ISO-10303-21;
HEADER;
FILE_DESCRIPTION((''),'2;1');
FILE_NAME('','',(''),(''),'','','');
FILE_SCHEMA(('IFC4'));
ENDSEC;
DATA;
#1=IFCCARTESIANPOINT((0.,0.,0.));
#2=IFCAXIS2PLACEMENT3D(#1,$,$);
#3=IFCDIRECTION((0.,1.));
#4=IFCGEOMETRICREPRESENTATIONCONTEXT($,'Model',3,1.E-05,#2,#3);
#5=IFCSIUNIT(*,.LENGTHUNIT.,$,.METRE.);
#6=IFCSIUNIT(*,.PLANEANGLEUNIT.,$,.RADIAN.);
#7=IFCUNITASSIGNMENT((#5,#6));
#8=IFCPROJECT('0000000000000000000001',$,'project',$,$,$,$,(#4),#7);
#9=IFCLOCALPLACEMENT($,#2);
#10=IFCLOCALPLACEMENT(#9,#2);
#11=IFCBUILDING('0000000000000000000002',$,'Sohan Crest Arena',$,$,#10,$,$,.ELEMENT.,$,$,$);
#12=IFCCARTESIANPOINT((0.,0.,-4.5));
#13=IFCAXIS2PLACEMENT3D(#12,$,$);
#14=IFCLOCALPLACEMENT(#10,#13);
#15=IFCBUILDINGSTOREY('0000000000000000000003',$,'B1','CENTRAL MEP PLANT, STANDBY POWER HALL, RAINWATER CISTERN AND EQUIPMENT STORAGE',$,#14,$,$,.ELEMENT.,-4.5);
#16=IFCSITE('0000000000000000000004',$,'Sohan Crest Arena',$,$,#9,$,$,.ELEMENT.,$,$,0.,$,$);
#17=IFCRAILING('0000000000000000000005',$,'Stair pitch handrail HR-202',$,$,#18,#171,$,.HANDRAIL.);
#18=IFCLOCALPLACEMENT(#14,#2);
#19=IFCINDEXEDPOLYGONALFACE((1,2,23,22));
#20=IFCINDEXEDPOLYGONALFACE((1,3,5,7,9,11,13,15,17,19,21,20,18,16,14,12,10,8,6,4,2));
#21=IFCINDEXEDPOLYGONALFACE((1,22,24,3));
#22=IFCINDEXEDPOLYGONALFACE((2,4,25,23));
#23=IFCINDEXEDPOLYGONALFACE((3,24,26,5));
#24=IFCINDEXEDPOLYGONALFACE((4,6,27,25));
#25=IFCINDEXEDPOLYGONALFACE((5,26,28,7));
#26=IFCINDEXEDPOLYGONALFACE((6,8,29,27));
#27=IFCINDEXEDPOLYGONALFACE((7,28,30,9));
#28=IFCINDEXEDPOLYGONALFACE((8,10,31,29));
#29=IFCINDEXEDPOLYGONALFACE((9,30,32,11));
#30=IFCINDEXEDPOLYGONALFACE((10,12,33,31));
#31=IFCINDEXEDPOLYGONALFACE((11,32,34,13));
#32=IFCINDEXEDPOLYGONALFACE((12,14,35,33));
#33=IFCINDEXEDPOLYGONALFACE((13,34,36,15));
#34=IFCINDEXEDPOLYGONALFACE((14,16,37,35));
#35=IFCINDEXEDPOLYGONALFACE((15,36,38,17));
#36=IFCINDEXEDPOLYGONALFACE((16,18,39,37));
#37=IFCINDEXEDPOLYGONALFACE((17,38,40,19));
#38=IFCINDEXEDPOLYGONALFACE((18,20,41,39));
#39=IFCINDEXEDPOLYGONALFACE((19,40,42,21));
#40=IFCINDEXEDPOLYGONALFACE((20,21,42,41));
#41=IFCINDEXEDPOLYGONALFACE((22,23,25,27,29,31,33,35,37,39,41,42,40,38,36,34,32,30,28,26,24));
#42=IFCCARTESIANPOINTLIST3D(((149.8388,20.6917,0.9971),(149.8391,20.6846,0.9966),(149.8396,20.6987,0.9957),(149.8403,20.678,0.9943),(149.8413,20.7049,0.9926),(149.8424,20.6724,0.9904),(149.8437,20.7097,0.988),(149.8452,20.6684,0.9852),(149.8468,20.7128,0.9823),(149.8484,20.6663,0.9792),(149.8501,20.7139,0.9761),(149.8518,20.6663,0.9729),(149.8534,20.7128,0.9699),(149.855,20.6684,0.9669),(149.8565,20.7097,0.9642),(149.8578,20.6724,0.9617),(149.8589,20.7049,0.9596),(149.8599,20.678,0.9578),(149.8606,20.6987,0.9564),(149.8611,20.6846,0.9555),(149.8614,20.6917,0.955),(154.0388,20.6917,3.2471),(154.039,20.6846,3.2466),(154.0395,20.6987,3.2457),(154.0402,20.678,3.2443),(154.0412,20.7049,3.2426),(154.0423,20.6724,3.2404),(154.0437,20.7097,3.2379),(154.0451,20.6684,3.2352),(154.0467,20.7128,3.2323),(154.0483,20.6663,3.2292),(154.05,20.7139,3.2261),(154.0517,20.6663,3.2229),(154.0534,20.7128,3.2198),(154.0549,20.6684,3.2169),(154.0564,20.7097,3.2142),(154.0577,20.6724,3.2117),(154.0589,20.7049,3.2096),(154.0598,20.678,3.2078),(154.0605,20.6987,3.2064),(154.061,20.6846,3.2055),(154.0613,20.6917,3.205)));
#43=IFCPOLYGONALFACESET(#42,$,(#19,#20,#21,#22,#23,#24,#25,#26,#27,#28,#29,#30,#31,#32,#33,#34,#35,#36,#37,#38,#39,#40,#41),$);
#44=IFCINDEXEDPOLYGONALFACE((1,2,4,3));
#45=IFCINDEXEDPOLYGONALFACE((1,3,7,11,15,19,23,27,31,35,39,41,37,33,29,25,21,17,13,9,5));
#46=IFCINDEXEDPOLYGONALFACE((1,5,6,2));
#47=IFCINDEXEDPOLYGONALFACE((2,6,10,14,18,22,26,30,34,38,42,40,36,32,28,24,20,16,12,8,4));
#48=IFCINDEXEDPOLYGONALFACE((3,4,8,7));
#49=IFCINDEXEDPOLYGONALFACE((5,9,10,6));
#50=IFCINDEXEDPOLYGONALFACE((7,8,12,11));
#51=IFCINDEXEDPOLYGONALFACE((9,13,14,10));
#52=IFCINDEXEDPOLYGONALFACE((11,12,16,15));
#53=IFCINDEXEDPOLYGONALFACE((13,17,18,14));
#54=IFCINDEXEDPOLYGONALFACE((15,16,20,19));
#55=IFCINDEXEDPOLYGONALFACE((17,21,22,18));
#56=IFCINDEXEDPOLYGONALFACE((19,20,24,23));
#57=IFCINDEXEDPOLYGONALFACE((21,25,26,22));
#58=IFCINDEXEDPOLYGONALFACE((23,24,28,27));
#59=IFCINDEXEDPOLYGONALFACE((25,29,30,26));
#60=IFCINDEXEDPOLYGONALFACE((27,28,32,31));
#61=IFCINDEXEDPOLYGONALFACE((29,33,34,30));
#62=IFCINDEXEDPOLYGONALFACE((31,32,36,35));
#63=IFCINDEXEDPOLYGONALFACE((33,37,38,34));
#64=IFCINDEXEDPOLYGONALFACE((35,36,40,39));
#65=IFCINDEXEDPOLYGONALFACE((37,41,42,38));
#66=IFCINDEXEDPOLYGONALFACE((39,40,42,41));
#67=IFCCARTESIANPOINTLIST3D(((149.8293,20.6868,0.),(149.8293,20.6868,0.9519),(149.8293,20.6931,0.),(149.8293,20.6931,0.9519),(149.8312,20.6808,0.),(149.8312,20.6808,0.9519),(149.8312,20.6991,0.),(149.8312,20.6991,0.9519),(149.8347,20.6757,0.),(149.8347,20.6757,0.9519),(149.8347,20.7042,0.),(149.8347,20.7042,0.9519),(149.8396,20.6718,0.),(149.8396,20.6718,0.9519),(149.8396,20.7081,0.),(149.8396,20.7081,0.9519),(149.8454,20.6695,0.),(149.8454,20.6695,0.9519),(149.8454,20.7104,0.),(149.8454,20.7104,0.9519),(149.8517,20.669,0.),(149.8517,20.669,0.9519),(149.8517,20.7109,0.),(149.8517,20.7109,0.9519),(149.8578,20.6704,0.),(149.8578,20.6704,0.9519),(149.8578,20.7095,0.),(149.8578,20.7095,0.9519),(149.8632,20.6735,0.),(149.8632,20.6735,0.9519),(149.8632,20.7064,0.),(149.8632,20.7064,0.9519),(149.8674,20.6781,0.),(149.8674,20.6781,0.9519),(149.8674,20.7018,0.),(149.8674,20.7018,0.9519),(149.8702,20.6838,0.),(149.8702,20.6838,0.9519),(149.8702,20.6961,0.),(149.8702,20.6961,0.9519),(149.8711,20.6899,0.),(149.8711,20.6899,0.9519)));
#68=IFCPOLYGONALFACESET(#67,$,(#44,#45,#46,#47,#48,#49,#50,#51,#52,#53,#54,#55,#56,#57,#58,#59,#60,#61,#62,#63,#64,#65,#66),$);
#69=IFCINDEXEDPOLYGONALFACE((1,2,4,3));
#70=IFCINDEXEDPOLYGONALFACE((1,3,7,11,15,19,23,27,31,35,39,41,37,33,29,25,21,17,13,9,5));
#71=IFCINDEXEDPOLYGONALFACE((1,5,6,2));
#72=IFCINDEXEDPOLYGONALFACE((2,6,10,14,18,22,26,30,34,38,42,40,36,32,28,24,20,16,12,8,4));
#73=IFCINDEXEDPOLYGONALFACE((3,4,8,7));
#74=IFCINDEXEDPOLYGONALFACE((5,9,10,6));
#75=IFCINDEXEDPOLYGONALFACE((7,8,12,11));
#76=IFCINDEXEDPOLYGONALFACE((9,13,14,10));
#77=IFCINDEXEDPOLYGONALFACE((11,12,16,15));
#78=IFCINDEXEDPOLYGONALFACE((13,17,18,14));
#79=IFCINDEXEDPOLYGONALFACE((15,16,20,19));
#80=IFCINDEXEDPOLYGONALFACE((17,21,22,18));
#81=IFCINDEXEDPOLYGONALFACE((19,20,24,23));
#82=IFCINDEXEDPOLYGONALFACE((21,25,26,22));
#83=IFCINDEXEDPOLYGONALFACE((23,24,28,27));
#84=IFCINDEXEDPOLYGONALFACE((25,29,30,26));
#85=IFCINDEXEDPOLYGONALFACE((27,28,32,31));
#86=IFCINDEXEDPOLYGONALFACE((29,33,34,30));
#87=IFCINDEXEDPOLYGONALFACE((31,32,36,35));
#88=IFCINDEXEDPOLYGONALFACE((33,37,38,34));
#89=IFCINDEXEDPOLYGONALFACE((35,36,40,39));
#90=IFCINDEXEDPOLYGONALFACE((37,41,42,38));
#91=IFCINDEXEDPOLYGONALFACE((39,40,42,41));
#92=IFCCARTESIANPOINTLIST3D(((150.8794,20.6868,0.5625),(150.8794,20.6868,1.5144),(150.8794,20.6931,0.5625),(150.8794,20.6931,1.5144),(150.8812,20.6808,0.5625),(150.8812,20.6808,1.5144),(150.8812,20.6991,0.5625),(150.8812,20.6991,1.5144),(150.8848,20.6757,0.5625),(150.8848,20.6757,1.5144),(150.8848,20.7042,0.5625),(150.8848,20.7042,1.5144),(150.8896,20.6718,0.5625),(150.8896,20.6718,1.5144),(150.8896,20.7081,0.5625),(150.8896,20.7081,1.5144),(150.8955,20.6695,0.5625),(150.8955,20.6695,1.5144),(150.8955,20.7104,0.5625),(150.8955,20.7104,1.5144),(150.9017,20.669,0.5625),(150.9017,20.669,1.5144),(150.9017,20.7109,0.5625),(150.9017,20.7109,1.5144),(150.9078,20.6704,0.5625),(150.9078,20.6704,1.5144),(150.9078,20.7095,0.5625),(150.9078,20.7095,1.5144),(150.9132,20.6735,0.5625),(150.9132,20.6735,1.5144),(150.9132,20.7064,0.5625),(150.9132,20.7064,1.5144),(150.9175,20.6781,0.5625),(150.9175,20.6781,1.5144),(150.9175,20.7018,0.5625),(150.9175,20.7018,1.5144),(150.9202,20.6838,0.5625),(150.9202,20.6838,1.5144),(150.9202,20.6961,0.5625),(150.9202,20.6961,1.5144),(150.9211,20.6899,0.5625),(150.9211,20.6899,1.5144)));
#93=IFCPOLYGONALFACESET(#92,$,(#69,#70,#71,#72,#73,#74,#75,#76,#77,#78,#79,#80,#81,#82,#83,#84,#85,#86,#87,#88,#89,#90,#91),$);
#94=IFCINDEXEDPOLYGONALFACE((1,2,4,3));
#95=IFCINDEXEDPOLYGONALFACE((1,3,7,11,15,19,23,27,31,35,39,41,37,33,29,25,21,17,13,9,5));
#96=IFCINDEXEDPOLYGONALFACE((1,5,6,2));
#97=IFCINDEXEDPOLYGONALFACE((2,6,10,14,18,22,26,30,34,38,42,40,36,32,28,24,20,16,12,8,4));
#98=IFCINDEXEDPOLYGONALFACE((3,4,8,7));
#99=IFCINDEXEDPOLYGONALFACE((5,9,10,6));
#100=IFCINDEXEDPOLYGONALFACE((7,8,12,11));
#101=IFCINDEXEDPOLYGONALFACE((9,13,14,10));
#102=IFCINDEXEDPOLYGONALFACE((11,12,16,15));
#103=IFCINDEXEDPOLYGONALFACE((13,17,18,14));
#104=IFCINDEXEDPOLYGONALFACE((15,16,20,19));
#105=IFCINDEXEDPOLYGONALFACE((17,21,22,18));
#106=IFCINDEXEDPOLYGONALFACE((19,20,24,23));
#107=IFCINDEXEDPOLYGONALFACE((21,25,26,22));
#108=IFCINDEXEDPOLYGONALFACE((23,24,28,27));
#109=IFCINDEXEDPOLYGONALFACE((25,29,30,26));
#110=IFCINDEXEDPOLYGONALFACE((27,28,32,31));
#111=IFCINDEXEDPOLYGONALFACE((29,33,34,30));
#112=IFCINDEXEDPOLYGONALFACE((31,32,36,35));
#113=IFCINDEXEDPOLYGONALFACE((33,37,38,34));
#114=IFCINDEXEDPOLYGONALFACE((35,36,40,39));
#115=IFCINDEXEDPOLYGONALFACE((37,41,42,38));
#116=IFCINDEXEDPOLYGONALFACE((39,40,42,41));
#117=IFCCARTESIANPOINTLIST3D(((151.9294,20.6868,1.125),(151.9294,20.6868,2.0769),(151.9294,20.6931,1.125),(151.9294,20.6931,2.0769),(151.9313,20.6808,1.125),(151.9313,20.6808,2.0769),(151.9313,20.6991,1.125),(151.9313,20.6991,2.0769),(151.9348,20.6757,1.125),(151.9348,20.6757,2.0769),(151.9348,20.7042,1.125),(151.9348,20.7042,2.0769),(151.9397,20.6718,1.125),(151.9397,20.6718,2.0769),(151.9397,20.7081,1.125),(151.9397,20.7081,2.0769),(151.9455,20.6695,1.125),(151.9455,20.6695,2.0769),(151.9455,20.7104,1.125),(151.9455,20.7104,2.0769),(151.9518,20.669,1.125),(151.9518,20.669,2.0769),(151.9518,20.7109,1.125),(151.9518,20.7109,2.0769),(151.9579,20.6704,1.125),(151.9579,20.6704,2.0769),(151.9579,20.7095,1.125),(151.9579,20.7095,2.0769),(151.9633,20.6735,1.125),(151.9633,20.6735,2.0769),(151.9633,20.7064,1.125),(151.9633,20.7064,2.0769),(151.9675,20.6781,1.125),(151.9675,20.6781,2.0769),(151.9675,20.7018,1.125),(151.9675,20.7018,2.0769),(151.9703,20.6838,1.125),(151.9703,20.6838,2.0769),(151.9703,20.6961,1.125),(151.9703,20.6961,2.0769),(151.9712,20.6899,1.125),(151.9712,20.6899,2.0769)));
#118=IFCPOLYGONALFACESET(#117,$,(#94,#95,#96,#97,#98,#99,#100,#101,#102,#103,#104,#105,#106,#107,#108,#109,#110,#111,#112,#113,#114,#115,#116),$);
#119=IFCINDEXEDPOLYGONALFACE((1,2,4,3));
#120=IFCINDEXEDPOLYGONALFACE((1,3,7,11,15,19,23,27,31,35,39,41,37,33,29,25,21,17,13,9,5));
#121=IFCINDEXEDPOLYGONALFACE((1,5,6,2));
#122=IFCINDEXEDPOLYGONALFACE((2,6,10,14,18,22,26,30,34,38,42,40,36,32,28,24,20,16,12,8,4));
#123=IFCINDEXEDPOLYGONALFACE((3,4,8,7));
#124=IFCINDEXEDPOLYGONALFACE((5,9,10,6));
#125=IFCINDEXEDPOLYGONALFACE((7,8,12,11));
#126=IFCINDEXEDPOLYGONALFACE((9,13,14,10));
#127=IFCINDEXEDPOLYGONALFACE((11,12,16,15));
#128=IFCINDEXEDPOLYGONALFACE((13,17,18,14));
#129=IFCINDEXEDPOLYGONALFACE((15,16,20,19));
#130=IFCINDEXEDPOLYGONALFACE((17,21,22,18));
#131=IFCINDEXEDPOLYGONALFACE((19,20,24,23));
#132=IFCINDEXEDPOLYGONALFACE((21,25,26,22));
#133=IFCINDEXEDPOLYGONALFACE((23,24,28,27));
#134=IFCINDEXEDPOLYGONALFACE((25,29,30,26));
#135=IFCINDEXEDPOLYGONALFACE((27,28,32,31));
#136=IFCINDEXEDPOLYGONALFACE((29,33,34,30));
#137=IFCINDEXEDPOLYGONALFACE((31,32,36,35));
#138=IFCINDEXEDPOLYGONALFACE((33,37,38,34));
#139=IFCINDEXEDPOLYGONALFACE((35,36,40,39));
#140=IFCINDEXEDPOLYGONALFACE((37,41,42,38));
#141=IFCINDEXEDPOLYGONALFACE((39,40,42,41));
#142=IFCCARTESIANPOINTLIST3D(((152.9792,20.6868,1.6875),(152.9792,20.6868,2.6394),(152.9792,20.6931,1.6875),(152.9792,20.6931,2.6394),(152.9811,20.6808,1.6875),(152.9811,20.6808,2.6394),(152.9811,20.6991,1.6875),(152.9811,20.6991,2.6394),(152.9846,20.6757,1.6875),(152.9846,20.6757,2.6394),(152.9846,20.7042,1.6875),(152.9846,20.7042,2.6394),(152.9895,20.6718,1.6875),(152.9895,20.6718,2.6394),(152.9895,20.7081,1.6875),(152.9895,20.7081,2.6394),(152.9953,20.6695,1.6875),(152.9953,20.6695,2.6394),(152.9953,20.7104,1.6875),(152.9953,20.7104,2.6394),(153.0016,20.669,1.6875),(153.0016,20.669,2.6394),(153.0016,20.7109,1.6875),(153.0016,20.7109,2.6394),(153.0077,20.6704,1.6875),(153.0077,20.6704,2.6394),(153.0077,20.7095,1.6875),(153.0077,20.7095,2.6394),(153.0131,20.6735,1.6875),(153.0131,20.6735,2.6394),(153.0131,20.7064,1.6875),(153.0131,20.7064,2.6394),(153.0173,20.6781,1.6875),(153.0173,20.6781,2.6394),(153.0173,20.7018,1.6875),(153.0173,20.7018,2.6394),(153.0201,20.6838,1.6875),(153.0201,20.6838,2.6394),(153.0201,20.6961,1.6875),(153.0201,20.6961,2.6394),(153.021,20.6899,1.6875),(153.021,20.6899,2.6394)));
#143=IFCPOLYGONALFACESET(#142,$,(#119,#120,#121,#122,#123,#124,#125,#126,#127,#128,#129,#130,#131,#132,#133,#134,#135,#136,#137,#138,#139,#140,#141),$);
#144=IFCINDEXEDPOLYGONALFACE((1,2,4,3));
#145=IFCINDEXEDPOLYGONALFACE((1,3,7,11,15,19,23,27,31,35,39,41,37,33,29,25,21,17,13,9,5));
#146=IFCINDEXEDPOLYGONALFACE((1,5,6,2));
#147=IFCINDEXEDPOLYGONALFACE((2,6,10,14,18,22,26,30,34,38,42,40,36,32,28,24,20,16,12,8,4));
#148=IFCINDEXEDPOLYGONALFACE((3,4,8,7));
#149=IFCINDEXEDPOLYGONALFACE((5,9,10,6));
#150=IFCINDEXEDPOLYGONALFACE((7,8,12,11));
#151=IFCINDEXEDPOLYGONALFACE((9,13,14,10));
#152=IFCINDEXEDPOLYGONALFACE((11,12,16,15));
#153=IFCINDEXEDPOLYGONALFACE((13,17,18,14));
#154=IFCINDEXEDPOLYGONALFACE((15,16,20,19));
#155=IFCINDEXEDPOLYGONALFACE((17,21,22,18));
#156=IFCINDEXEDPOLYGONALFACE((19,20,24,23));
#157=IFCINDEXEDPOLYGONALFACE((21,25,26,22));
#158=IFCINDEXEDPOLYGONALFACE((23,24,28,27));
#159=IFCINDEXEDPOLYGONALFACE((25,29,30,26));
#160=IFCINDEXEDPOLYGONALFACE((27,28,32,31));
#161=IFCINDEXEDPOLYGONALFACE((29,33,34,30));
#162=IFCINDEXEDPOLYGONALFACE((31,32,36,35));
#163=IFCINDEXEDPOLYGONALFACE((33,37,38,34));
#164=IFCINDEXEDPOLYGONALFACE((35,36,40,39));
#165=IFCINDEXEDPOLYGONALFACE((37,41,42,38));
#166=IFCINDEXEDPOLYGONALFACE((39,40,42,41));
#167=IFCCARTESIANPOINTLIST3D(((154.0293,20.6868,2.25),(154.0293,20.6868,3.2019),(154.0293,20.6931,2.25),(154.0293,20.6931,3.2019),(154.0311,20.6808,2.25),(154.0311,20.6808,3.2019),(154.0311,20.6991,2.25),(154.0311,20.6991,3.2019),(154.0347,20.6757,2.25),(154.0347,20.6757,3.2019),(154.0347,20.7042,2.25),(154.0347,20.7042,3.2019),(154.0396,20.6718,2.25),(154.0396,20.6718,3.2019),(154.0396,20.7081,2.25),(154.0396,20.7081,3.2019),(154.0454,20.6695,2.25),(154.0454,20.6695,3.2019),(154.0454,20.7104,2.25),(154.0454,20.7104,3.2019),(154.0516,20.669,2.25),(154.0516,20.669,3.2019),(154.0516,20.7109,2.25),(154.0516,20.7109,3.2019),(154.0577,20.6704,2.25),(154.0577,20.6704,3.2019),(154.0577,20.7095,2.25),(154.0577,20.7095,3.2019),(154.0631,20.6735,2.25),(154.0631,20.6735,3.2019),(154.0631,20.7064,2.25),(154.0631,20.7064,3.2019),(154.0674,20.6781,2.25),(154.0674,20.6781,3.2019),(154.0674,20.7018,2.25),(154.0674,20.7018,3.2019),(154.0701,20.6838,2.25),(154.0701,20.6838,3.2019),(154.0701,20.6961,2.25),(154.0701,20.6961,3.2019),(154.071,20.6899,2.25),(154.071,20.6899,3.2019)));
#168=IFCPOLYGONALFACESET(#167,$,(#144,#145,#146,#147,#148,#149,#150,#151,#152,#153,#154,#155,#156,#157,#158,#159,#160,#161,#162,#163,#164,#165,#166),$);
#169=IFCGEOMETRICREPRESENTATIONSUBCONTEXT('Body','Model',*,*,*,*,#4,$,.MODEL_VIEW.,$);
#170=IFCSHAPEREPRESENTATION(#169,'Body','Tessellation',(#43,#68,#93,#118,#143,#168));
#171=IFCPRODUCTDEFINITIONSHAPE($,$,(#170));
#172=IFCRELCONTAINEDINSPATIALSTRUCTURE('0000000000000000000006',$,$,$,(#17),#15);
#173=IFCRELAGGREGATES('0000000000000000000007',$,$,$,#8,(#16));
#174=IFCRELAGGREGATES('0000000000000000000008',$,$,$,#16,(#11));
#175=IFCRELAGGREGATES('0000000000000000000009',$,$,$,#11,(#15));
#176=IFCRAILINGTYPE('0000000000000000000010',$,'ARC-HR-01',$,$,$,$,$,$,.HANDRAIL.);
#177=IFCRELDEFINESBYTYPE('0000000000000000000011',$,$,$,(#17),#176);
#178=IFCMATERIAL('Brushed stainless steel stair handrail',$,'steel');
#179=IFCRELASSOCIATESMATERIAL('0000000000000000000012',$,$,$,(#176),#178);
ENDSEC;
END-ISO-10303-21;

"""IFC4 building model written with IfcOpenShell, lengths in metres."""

from ifc_helpers import new_model, si_unit, direction, frame, origin, origin_2d, place, context, subcontext, project, spatial, circle, extrude, material, type_object, element, save


model = new_model("IFC4")

# Units and contexts
model_context = context("Model", 3, precision=1e-05, world=origin(), true_north=direction((0.0, 1.0)))
body_context = subcontext(model_context, "Body", "Model", "MODEL_VIEW")
ifc_project = project(units=[si_unit("LENGTHUNIT", "METRE"), si_unit("PLANEANGLEUNIT", "RADIAN")], contexts=[model_context])

# Site, building, storey
site_placement = place(None, origin())
site = spatial("IfcSite", under=ifc_project, at=site_placement, Name="Sohan Crest Arena", CompositionType="ELEMENT", RefElevation=0.0)
building_placement = place(site_placement, origin())
building = spatial("IfcBuilding", under=site, at=building_placement, Name="Sohan Crest Arena", CompositionType="ELEMENT")
storey_placement = place(building_placement, frame((0.0, 0.0, -4.5)))
storey = spatial("IfcBuildingStorey", under=building, at=storey_placement, Name="B1", Description="CENTRAL MEP PLANT, STANDBY POWER HALL, RAINWATER CISTERN AND EQUIPMENT STORAGE", CompositionType="ELEMENT", Elevation=-4.5)

# Railing
ifc_material_1 = material(Name="Brushed stainless steel stair handrail", Category="steel")
railing_type_1 = type_object("IfcRailingType", Name="ARC-HR-01", PredefinedType="HANDRAIL", material=ifc_material_1)
for number, where, name in (
    (1, (149.8501, 20.6899, 0.0), "Stair pitch handrail HR-202"),
):
    element("IfcRailing", number, at=place(storey_placement, frame(where)), inside=storey, type_object=railing_type_1, Name=name, PredefinedType="HANDRAIL", context=body_context, shape_type="SweptSolid", body=[
        extrude(circle(Radius=0.0239, at=origin_2d()), frame((0.0, 0.0, 0.9761), z_axis=(0.881478, 0.0, 0.472226), x_axis=(0.0, 1.0, 0.0)), (0.0, 0.0, 1.0), 4.7646),
        extrude(circle(Radius=0.021, at=origin_2d()), origin(), (0.0, 0.0, 1.0), 0.9519),
        extrude(circle(Radius=0.021, at=origin_2d()), frame((1.05, 0.0, 0.5625)), (0.0, 0.0, 1.0), 0.9519),
        extrude(circle(Radius=0.021, at=origin_2d()), frame((2.1001, 0.0, 1.125)), (0.0, 0.0, 1.0), 0.9519),
        extrude(circle(Radius=0.021, at=origin_2d()), frame((3.1499, 0.0, 1.6875)), (0.0, 0.0, 1.0), 0.9519),
        extrude(circle(Radius=0.021, at=origin_2d()), frame((4.2, 0.0, 2.25)), (0.0, 0.0, 1.0), 0.9519),
    ])

save(model, "model.ifc")
